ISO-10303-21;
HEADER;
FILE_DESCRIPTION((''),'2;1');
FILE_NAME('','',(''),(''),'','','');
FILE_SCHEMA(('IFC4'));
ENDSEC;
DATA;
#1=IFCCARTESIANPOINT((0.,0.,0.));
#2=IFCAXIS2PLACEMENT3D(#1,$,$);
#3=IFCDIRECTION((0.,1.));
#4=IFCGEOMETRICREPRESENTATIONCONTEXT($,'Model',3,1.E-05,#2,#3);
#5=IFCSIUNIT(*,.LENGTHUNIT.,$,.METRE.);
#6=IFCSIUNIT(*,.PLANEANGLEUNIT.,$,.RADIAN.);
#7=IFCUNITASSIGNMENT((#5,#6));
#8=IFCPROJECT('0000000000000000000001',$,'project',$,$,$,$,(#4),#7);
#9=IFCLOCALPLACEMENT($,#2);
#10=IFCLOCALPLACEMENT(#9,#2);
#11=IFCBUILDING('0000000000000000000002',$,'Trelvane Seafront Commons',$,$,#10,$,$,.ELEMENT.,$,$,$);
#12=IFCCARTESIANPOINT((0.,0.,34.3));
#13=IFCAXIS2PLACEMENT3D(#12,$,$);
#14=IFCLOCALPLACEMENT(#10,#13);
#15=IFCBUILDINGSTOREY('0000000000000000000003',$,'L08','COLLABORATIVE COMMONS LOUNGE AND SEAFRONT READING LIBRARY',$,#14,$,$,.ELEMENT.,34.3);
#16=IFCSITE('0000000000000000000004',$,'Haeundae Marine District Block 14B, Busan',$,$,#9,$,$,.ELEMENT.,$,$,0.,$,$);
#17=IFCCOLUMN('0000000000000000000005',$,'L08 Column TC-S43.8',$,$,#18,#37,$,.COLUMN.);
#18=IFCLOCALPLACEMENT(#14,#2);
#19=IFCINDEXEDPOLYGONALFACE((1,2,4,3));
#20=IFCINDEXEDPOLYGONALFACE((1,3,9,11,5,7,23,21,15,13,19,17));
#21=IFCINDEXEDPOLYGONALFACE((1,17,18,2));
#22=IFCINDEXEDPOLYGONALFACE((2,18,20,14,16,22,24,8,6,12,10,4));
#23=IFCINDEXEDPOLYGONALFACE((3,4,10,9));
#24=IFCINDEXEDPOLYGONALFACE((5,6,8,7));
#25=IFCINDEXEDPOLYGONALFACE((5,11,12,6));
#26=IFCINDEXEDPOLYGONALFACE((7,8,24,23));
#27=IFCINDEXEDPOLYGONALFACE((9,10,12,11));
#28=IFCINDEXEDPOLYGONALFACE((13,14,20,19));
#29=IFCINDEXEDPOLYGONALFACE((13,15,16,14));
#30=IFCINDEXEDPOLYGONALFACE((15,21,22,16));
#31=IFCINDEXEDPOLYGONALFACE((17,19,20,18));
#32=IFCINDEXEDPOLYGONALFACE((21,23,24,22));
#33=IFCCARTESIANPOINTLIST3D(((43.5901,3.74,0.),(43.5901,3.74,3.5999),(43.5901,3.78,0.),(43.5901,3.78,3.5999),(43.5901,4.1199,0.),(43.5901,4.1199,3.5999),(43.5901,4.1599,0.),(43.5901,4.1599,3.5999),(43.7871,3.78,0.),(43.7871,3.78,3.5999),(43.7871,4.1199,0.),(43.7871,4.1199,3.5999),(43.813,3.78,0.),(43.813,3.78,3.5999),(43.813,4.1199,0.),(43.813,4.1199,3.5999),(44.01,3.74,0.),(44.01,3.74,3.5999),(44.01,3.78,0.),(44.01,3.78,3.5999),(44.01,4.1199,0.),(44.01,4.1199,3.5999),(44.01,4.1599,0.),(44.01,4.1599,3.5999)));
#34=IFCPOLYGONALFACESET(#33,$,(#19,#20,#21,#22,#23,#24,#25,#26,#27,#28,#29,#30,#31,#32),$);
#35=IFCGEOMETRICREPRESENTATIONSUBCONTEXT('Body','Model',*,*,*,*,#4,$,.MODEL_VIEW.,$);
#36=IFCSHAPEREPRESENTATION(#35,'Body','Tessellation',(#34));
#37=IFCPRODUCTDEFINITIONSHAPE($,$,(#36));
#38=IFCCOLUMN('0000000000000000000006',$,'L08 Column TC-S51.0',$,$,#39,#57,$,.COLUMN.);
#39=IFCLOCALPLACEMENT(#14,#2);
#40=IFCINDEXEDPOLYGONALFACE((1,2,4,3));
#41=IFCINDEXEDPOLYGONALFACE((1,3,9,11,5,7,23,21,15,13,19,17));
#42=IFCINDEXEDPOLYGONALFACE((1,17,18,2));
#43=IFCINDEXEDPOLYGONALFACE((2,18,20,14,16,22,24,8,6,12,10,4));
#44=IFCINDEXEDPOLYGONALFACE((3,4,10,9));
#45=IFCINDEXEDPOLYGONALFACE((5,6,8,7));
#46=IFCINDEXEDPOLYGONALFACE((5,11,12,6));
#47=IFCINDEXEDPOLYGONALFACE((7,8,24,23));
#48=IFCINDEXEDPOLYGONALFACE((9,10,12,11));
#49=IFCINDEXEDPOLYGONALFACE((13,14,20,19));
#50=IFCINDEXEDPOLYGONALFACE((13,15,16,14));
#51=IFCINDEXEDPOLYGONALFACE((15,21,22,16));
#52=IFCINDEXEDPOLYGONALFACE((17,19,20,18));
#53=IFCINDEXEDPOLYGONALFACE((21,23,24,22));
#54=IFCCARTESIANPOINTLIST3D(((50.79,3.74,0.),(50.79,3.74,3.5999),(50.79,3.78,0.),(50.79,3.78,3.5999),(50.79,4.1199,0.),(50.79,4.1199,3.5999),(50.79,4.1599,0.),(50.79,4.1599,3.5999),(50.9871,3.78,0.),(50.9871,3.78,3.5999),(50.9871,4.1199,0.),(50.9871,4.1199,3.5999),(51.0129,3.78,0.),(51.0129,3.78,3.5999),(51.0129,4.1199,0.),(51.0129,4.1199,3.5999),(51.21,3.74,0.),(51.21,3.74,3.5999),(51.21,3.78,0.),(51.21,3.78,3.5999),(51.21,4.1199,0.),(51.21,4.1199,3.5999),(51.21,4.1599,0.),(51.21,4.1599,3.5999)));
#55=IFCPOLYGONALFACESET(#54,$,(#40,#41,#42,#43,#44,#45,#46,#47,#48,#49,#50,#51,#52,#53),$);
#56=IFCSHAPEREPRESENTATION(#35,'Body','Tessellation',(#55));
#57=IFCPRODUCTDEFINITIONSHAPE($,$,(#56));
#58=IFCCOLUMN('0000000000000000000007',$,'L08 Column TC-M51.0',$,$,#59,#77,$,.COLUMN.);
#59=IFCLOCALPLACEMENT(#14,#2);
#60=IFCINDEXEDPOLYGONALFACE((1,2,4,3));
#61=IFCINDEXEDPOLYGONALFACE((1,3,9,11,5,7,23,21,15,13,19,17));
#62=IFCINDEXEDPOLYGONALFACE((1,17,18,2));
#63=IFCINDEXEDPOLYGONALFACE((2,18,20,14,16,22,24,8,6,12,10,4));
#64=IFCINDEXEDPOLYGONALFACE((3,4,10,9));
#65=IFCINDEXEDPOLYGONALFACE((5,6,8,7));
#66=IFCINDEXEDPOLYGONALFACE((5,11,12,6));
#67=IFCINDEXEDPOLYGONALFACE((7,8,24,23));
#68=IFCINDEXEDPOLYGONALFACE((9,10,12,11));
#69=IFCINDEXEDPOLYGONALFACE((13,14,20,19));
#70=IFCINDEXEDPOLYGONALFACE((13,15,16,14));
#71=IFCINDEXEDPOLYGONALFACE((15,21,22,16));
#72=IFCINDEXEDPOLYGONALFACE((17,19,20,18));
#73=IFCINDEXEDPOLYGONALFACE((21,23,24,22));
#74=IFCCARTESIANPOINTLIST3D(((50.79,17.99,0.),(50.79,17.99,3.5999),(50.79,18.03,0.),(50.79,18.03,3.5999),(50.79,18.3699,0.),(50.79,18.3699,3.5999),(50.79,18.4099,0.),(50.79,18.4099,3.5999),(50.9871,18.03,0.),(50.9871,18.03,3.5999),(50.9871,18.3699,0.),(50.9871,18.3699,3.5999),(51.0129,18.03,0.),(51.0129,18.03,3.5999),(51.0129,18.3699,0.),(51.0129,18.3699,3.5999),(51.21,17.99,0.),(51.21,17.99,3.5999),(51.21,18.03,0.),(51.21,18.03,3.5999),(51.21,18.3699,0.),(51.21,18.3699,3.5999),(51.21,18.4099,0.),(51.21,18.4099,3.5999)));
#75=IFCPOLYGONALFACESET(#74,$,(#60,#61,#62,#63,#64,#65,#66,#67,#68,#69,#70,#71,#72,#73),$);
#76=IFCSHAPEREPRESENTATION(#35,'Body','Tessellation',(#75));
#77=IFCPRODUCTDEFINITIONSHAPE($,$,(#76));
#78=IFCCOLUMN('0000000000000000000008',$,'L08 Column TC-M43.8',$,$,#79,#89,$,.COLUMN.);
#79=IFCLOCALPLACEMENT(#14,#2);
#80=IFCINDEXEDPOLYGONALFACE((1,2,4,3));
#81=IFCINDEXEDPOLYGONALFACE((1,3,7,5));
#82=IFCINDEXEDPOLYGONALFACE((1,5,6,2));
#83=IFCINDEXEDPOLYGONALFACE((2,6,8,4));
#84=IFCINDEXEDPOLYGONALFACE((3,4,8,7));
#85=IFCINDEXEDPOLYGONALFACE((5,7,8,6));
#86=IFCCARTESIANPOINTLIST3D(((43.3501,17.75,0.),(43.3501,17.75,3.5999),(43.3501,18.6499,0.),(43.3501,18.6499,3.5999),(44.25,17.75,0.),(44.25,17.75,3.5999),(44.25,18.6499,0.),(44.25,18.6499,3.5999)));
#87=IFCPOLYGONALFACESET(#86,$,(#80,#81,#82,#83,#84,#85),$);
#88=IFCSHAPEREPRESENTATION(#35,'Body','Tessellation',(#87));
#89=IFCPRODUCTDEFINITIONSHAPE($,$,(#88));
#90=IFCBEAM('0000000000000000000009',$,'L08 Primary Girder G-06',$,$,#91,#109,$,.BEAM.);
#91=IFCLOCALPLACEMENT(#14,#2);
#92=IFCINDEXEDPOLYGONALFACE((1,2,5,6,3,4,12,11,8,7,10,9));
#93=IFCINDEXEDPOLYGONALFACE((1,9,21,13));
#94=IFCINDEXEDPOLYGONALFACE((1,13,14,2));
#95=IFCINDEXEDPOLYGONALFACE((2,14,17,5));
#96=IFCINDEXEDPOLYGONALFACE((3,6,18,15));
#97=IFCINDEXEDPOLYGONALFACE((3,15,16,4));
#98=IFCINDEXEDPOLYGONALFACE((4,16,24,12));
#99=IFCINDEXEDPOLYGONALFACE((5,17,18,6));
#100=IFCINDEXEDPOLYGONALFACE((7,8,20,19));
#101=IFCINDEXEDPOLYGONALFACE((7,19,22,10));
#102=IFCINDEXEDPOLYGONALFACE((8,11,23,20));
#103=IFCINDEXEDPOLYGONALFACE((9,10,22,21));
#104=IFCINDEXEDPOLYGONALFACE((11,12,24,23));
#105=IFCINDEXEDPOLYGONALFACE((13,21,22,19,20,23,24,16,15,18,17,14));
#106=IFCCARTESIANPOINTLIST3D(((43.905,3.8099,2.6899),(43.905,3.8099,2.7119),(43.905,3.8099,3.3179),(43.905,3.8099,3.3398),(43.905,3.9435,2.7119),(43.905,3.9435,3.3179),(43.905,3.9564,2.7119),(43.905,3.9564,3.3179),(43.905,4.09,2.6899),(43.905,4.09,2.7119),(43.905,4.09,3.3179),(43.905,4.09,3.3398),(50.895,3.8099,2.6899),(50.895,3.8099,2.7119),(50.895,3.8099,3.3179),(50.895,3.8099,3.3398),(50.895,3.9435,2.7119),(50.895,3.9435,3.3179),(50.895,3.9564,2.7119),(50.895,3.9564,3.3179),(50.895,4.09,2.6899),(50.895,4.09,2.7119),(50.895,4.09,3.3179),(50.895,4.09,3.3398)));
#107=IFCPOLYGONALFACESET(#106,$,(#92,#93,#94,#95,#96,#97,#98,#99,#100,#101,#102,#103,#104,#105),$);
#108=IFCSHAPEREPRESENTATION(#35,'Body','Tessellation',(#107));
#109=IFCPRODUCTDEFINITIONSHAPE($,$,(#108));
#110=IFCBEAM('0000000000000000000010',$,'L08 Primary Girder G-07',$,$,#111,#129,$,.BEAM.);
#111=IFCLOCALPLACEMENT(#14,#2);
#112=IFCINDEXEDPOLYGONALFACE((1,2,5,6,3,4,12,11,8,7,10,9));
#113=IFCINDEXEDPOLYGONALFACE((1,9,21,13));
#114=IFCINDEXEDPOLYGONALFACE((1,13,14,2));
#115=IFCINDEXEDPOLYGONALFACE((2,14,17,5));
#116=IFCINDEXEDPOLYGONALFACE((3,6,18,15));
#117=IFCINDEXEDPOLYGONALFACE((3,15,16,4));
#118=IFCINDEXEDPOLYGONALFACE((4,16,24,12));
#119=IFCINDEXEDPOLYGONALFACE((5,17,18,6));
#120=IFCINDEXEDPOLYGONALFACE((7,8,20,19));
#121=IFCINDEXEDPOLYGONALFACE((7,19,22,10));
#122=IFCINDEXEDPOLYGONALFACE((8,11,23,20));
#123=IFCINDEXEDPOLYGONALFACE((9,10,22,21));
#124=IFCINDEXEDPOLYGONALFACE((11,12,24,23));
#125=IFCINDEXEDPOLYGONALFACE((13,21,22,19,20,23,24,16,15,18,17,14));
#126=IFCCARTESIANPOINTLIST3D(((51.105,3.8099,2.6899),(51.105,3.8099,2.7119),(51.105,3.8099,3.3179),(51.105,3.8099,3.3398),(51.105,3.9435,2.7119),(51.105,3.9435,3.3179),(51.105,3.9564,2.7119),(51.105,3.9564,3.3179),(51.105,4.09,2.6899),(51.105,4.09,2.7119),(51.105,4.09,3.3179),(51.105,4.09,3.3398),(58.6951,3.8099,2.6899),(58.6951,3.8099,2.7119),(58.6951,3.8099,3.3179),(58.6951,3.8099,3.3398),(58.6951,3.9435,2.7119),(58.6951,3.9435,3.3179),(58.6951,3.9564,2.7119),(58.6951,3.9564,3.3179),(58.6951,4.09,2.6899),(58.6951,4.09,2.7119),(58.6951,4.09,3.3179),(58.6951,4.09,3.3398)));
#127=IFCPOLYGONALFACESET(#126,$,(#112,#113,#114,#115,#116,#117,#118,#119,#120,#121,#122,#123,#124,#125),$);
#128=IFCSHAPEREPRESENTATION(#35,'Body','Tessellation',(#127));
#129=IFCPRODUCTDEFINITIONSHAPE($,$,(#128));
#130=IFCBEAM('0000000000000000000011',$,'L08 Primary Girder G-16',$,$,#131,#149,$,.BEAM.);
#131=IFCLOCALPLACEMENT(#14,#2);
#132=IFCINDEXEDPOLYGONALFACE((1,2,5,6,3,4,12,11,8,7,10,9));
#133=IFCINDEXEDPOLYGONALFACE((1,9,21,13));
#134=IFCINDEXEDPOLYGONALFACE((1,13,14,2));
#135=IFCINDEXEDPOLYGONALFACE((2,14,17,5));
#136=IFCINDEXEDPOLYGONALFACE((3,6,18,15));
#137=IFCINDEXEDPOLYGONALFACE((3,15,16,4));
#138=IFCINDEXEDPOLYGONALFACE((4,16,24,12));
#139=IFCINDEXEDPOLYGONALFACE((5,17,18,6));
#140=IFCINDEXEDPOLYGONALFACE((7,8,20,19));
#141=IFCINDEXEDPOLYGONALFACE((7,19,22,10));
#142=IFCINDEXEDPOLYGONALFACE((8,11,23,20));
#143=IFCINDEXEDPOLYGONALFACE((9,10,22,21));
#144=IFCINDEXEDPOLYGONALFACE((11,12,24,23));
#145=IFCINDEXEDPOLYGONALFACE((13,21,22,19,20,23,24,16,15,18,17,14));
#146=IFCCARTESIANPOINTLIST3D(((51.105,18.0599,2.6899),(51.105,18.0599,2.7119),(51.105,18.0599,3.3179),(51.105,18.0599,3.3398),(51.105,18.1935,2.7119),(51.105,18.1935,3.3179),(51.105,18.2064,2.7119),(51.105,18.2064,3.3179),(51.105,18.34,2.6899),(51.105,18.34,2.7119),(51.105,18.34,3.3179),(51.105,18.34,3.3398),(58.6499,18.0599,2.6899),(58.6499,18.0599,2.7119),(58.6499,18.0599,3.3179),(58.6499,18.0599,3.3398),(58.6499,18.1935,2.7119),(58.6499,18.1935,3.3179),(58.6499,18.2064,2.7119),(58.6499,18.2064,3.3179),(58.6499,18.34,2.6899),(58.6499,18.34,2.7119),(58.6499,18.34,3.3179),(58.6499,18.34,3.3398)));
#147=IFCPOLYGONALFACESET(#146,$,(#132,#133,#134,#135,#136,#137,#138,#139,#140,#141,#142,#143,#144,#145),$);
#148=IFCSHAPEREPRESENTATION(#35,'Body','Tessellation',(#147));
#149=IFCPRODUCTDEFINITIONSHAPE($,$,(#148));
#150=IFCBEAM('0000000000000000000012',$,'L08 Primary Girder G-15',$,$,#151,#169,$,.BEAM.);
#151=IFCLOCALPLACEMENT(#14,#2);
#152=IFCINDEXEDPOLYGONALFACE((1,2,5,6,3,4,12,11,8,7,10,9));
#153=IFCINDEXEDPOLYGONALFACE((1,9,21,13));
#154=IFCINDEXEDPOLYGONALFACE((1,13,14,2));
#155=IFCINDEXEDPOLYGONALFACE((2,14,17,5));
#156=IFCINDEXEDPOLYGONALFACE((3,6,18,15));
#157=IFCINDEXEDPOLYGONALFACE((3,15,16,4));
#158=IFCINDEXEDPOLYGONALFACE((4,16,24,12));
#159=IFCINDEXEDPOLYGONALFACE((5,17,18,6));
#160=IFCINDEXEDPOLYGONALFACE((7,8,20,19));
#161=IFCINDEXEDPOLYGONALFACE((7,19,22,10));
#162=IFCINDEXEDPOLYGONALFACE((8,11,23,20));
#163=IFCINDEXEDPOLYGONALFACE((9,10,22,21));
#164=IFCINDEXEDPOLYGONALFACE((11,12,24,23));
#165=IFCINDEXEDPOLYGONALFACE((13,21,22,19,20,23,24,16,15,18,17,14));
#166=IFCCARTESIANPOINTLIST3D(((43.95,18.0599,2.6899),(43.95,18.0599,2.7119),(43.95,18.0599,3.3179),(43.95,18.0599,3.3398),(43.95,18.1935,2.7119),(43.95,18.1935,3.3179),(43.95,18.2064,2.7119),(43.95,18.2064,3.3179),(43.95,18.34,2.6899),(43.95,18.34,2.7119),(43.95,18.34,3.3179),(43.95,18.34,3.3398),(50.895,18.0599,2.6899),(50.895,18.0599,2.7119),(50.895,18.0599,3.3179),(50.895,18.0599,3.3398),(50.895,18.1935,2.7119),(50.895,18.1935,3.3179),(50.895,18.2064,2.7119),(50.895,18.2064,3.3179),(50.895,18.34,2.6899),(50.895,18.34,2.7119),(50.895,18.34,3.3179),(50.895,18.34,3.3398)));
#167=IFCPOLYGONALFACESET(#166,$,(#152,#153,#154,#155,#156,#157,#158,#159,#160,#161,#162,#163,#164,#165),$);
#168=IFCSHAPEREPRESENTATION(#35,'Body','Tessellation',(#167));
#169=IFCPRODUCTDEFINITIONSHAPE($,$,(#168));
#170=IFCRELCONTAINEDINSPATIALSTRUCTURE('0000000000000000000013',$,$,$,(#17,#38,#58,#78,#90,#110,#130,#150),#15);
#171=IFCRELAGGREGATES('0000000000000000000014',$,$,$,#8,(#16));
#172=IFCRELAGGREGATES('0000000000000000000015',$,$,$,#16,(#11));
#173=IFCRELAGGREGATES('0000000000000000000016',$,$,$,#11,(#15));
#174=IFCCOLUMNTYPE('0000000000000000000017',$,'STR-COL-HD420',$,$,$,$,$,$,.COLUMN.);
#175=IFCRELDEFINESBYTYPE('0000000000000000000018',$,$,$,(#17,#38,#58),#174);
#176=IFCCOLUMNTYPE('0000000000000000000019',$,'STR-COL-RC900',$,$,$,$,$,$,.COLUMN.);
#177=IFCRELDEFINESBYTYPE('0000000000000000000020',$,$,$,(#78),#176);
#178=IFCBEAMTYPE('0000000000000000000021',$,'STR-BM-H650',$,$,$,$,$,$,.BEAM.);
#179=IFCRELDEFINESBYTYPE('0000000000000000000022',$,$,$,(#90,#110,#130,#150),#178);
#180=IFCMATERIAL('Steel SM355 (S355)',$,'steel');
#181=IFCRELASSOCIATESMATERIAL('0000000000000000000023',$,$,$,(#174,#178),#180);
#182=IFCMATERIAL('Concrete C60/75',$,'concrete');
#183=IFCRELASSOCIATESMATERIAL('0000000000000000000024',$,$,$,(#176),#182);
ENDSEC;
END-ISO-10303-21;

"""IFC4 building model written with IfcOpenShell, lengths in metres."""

from ifc_helpers import new_model, si_unit, direction, frame, origin, origin_2d, place, context, subcontext, project, spatial, rectangle, i_section, extrude, source, transform, mapped, material, material_profile, profile_set, type_object, element, save


model = new_model("IFC4")

# Units and contexts
model_context = context("Model", 3, precision=1e-05, world=origin(), true_north=direction((0.0, 1.0)))
body_context = subcontext(model_context, "Body", "Model", "MODEL_VIEW")
ifc_project = project(units=[si_unit("LENGTHUNIT", "METRE"), si_unit("PLANEANGLEUNIT", "RADIAN")], contexts=[model_context])

# Site, building, storey
site_placement = place(None, origin())
site = spatial("IfcSite", under=ifc_project, at=site_placement, Name="Haeundae Marine District Block 14B, Busan", CompositionType="ELEMENT", RefElevation=0.0)
building_placement = place(site_placement, origin())
building = spatial("IfcBuilding", under=site, at=building_placement, Name="Trelvane Seafront Commons", CompositionType="ELEMENT")
storey_placement = place(building_placement, frame((0.0, 0.0, 34.3)))
storey = spatial("IfcBuildingStorey", under=building, at=storey_placement, Name="L08", Description="COLLABORATIVE COMMONS LOUNGE AND SEAFRONT READING LIBRARY", CompositionType="ELEMENT", Elevation=34.3)

# Columns
ifc_material_1 = material(Name="Steel SM355 (S355)", Category="steel")
ifc_material_profile_1 = material_profile(ifc_material_1, i_section(OverallWidth=0.4199, OverallDepth=0.4199, WebThickness=0.0259, FlangeThickness=0.04, at=origin_2d()), Name="HD-420x420x26x40")
ifc_profile_set_1 = profile_set([ifc_material_profile_1], Name="Steel SM355 (S355)")
column_type_1 = type_object("IfcColumnType", Name="STR-COL-HD420", PredefinedType="COLUMN", material=ifc_profile_set_1)
shared_shape_1 = source(origin(), body_context, "Body", "SweptSolid", [
    extrude(i_section(OverallWidth=0.4199, OverallDepth=0.4199, WebThickness=0.0259, FlangeThickness=0.04, at=origin_2d()), origin(), (0.0, 0.0, 1.0), 3.5999),
])
for number, where, z_axis, x_axis, name in (
    (1, (43.8, 3.95, 0.0), (0.0, 0.0, 1.0), (1.0, 0.0, 0.0), "L08 Column TC-S43.8"),
    (2, (51.0, 3.95, 0.0), (0.0, 0.0, 1.0), (1.0, 0.0, 0.0), "L08 Column TC-S51.0"),
    (3, (51.0, 18.2, 0.0), (0.0, 0.0, 1.0), (1.0, 0.0, 0.0), "L08 Column TC-M51.0"),
):
    element("IfcColumn", number, at=place(storey_placement, frame(where, z_axis=z_axis, x_axis=x_axis)), inside=storey, type_object=column_type_1, Name=name, PredefinedType="COLUMN", context=body_context, shape_type="MappedRepresentation", body=[
        mapped(shared_shape_1, transform((0.0, 0.0, 0.0), x_axis=(1.0, 0.0, 0.0), y_axis=(0.0, 1.0, 0.0), z_axis=(0.0, 0.0, 1.0), scale=1.0)),
    ])
ifc_material_2 = material(Name="Concrete C60/75", Category="concrete")
ifc_material_profile_2 = material_profile(ifc_material_2, rectangle(XDim=0.8999, YDim=0.8999, at=origin_2d()), Name="RC-900x900")
ifc_profile_set_2 = profile_set([ifc_material_profile_2], Name="Concrete C60/75")
column_type_2 = type_object("IfcColumnType", Name="STR-COL-RC900", PredefinedType="COLUMN", material=ifc_profile_set_2)
shared_shape_2 = source(origin(), body_context, "Body", "SweptSolid", [
    extrude(rectangle(XDim=0.8999, YDim=0.8999, at=origin_2d()), origin(), (0.0, 0.0, 1.0), 3.5999),
])
column_placement = place(storey_placement, frame((43.8, 18.2, 0.0), z_axis=(0.0, 0.0, 1.0), x_axis=(1.0, 0.0, 0.0)))
element("IfcColumn", 4, at=column_placement, inside=storey, type_object=column_type_2, Name="L08 Column TC-M43.8", PredefinedType="COLUMN", context=body_context, shape_type="MappedRepresentation", body=[
    mapped(shared_shape_2, transform((0.0, 0.0, 0.0), x_axis=(1.0, 0.0, 0.0), y_axis=(0.0, 1.0, 0.0), z_axis=(0.0, 0.0, 1.0), scale=1.0)),
])

# Beams
ifc_material_profile_3 = material_profile(ifc_material_1, i_section(OverallWidth=0.28, OverallDepth=0.6499, WebThickness=0.0129, FlangeThickness=0.022, at=origin_2d()), Name="H-650x280x13x22")
ifc_profile_set_3 = profile_set([ifc_material_profile_3], Name="Steel SM355 (S355)")
beam_type_1 = type_object("IfcBeamType", Name="STR-BM-H650", PredefinedType="BEAM", material=ifc_profile_set_3)
shared_shape_3 = source(origin(), body_context, "Body", "SweptSolid", [
    extrude(i_section(OverallWidth=0.28, OverallDepth=0.6499, WebThickness=0.0129, FlangeThickness=0.022, at=origin_2d()), origin(), (0.0, 0.0, 1.0), 6.99),
])
beam_1_placement = place(storey_placement, frame((43.905, 3.95, 3.0149), z_axis=(1.0, 0.0, 0.0), x_axis=(0.0, 1.0, 0.0)))
element("IfcBeam", 5, at=beam_1_placement, inside=storey, type_object=beam_type_1, Name="L08 Primary Girder G-06", PredefinedType="BEAM", context=body_context, shape_type="MappedRepresentation", body=[
    mapped(shared_shape_3, transform((0.0, 0.0, 0.0), x_axis=(1.0, 0.0, 0.0), y_axis=(0.0, 1.0, 0.0), z_axis=(0.0, 0.0, 1.0), scale=1.0)),
])
shared_shape_4 = source(origin(), body_context, "Body", "SweptSolid", [
    extrude(i_section(OverallWidth=0.28, OverallDepth=0.6499, WebThickness=0.0129, FlangeThickness=0.022, at=origin_2d()), origin(), (0.0, 0.0, 1.0), 7.5901),
])
beam_2_placement = place(storey_placement, frame((51.105, 3.95, 3.0149), z_axis=(1.0, 0.0, 0.0), x_axis=(0.0, 1.0, 0.0)))
element("IfcBeam", 6, at=beam_2_placement, inside=storey, type_object=beam_type_1, Name="L08 Primary Girder G-07", PredefinedType="BEAM", context=body_context, shape_type="MappedRepresentation", body=[
    mapped(shared_shape_4, transform((0.0, 0.0, 0.0), x_axis=(1.0, 0.0, 0.0), y_axis=(0.0, 1.0, 0.0), z_axis=(0.0, 0.0, 1.0), scale=1.0)),
])
shared_shape_5 = source(origin(), body_context, "Body", "SweptSolid", [
    extrude(i_section(OverallWidth=0.28, OverallDepth=0.6499, WebThickness=0.0129, FlangeThickness=0.022, at=origin_2d()), origin(), (0.0, 0.0, 1.0), 7.5449),
])
beam_3_placement = place(storey_placement, frame((51.105, 18.2, 3.0149), z_axis=(1.0, 0.0, 0.0), x_axis=(0.0, 1.0, 0.0)))
element("IfcBeam", 7, at=beam_3_placement, inside=storey, type_object=beam_type_1, Name="L08 Primary Girder G-16", PredefinedType="BEAM", context=body_context, shape_type="MappedRepresentation", body=[
    mapped(shared_shape_5, transform((0.0, 0.0, 0.0), x_axis=(1.0, 0.0, 0.0), y_axis=(0.0, 1.0, 0.0), z_axis=(0.0, 0.0, 1.0), scale=1.0)),
])
shared_shape_6 = source(origin(), body_context, "Body", "SweptSolid", [
    extrude(i_section(OverallWidth=0.28, OverallDepth=0.6499, WebThickness=0.0129, FlangeThickness=0.022, at=origin_2d()), origin(), (0.0, 0.0, 1.0), 6.9451),
])
beam_4_placement = place(storey_placement, frame((43.95, 18.2, 3.0149), z_axis=(1.0, 0.0, 0.0), x_axis=(0.0, 1.0, 0.0)))
element("IfcBeam", 8, at=beam_4_placement, inside=storey, type_object=beam_type_1, Name="L08 Primary Girder G-15", PredefinedType="BEAM", context=body_context, shape_type="MappedRepresentation", body=[
    mapped(shared_shape_6, transform((0.0, 0.0, 0.0), x_axis=(1.0, 0.0, 0.0), y_axis=(0.0, 1.0, 0.0), z_axis=(0.0, 0.0, 1.0), scale=1.0)),
])

save(model, "model.ifc")
